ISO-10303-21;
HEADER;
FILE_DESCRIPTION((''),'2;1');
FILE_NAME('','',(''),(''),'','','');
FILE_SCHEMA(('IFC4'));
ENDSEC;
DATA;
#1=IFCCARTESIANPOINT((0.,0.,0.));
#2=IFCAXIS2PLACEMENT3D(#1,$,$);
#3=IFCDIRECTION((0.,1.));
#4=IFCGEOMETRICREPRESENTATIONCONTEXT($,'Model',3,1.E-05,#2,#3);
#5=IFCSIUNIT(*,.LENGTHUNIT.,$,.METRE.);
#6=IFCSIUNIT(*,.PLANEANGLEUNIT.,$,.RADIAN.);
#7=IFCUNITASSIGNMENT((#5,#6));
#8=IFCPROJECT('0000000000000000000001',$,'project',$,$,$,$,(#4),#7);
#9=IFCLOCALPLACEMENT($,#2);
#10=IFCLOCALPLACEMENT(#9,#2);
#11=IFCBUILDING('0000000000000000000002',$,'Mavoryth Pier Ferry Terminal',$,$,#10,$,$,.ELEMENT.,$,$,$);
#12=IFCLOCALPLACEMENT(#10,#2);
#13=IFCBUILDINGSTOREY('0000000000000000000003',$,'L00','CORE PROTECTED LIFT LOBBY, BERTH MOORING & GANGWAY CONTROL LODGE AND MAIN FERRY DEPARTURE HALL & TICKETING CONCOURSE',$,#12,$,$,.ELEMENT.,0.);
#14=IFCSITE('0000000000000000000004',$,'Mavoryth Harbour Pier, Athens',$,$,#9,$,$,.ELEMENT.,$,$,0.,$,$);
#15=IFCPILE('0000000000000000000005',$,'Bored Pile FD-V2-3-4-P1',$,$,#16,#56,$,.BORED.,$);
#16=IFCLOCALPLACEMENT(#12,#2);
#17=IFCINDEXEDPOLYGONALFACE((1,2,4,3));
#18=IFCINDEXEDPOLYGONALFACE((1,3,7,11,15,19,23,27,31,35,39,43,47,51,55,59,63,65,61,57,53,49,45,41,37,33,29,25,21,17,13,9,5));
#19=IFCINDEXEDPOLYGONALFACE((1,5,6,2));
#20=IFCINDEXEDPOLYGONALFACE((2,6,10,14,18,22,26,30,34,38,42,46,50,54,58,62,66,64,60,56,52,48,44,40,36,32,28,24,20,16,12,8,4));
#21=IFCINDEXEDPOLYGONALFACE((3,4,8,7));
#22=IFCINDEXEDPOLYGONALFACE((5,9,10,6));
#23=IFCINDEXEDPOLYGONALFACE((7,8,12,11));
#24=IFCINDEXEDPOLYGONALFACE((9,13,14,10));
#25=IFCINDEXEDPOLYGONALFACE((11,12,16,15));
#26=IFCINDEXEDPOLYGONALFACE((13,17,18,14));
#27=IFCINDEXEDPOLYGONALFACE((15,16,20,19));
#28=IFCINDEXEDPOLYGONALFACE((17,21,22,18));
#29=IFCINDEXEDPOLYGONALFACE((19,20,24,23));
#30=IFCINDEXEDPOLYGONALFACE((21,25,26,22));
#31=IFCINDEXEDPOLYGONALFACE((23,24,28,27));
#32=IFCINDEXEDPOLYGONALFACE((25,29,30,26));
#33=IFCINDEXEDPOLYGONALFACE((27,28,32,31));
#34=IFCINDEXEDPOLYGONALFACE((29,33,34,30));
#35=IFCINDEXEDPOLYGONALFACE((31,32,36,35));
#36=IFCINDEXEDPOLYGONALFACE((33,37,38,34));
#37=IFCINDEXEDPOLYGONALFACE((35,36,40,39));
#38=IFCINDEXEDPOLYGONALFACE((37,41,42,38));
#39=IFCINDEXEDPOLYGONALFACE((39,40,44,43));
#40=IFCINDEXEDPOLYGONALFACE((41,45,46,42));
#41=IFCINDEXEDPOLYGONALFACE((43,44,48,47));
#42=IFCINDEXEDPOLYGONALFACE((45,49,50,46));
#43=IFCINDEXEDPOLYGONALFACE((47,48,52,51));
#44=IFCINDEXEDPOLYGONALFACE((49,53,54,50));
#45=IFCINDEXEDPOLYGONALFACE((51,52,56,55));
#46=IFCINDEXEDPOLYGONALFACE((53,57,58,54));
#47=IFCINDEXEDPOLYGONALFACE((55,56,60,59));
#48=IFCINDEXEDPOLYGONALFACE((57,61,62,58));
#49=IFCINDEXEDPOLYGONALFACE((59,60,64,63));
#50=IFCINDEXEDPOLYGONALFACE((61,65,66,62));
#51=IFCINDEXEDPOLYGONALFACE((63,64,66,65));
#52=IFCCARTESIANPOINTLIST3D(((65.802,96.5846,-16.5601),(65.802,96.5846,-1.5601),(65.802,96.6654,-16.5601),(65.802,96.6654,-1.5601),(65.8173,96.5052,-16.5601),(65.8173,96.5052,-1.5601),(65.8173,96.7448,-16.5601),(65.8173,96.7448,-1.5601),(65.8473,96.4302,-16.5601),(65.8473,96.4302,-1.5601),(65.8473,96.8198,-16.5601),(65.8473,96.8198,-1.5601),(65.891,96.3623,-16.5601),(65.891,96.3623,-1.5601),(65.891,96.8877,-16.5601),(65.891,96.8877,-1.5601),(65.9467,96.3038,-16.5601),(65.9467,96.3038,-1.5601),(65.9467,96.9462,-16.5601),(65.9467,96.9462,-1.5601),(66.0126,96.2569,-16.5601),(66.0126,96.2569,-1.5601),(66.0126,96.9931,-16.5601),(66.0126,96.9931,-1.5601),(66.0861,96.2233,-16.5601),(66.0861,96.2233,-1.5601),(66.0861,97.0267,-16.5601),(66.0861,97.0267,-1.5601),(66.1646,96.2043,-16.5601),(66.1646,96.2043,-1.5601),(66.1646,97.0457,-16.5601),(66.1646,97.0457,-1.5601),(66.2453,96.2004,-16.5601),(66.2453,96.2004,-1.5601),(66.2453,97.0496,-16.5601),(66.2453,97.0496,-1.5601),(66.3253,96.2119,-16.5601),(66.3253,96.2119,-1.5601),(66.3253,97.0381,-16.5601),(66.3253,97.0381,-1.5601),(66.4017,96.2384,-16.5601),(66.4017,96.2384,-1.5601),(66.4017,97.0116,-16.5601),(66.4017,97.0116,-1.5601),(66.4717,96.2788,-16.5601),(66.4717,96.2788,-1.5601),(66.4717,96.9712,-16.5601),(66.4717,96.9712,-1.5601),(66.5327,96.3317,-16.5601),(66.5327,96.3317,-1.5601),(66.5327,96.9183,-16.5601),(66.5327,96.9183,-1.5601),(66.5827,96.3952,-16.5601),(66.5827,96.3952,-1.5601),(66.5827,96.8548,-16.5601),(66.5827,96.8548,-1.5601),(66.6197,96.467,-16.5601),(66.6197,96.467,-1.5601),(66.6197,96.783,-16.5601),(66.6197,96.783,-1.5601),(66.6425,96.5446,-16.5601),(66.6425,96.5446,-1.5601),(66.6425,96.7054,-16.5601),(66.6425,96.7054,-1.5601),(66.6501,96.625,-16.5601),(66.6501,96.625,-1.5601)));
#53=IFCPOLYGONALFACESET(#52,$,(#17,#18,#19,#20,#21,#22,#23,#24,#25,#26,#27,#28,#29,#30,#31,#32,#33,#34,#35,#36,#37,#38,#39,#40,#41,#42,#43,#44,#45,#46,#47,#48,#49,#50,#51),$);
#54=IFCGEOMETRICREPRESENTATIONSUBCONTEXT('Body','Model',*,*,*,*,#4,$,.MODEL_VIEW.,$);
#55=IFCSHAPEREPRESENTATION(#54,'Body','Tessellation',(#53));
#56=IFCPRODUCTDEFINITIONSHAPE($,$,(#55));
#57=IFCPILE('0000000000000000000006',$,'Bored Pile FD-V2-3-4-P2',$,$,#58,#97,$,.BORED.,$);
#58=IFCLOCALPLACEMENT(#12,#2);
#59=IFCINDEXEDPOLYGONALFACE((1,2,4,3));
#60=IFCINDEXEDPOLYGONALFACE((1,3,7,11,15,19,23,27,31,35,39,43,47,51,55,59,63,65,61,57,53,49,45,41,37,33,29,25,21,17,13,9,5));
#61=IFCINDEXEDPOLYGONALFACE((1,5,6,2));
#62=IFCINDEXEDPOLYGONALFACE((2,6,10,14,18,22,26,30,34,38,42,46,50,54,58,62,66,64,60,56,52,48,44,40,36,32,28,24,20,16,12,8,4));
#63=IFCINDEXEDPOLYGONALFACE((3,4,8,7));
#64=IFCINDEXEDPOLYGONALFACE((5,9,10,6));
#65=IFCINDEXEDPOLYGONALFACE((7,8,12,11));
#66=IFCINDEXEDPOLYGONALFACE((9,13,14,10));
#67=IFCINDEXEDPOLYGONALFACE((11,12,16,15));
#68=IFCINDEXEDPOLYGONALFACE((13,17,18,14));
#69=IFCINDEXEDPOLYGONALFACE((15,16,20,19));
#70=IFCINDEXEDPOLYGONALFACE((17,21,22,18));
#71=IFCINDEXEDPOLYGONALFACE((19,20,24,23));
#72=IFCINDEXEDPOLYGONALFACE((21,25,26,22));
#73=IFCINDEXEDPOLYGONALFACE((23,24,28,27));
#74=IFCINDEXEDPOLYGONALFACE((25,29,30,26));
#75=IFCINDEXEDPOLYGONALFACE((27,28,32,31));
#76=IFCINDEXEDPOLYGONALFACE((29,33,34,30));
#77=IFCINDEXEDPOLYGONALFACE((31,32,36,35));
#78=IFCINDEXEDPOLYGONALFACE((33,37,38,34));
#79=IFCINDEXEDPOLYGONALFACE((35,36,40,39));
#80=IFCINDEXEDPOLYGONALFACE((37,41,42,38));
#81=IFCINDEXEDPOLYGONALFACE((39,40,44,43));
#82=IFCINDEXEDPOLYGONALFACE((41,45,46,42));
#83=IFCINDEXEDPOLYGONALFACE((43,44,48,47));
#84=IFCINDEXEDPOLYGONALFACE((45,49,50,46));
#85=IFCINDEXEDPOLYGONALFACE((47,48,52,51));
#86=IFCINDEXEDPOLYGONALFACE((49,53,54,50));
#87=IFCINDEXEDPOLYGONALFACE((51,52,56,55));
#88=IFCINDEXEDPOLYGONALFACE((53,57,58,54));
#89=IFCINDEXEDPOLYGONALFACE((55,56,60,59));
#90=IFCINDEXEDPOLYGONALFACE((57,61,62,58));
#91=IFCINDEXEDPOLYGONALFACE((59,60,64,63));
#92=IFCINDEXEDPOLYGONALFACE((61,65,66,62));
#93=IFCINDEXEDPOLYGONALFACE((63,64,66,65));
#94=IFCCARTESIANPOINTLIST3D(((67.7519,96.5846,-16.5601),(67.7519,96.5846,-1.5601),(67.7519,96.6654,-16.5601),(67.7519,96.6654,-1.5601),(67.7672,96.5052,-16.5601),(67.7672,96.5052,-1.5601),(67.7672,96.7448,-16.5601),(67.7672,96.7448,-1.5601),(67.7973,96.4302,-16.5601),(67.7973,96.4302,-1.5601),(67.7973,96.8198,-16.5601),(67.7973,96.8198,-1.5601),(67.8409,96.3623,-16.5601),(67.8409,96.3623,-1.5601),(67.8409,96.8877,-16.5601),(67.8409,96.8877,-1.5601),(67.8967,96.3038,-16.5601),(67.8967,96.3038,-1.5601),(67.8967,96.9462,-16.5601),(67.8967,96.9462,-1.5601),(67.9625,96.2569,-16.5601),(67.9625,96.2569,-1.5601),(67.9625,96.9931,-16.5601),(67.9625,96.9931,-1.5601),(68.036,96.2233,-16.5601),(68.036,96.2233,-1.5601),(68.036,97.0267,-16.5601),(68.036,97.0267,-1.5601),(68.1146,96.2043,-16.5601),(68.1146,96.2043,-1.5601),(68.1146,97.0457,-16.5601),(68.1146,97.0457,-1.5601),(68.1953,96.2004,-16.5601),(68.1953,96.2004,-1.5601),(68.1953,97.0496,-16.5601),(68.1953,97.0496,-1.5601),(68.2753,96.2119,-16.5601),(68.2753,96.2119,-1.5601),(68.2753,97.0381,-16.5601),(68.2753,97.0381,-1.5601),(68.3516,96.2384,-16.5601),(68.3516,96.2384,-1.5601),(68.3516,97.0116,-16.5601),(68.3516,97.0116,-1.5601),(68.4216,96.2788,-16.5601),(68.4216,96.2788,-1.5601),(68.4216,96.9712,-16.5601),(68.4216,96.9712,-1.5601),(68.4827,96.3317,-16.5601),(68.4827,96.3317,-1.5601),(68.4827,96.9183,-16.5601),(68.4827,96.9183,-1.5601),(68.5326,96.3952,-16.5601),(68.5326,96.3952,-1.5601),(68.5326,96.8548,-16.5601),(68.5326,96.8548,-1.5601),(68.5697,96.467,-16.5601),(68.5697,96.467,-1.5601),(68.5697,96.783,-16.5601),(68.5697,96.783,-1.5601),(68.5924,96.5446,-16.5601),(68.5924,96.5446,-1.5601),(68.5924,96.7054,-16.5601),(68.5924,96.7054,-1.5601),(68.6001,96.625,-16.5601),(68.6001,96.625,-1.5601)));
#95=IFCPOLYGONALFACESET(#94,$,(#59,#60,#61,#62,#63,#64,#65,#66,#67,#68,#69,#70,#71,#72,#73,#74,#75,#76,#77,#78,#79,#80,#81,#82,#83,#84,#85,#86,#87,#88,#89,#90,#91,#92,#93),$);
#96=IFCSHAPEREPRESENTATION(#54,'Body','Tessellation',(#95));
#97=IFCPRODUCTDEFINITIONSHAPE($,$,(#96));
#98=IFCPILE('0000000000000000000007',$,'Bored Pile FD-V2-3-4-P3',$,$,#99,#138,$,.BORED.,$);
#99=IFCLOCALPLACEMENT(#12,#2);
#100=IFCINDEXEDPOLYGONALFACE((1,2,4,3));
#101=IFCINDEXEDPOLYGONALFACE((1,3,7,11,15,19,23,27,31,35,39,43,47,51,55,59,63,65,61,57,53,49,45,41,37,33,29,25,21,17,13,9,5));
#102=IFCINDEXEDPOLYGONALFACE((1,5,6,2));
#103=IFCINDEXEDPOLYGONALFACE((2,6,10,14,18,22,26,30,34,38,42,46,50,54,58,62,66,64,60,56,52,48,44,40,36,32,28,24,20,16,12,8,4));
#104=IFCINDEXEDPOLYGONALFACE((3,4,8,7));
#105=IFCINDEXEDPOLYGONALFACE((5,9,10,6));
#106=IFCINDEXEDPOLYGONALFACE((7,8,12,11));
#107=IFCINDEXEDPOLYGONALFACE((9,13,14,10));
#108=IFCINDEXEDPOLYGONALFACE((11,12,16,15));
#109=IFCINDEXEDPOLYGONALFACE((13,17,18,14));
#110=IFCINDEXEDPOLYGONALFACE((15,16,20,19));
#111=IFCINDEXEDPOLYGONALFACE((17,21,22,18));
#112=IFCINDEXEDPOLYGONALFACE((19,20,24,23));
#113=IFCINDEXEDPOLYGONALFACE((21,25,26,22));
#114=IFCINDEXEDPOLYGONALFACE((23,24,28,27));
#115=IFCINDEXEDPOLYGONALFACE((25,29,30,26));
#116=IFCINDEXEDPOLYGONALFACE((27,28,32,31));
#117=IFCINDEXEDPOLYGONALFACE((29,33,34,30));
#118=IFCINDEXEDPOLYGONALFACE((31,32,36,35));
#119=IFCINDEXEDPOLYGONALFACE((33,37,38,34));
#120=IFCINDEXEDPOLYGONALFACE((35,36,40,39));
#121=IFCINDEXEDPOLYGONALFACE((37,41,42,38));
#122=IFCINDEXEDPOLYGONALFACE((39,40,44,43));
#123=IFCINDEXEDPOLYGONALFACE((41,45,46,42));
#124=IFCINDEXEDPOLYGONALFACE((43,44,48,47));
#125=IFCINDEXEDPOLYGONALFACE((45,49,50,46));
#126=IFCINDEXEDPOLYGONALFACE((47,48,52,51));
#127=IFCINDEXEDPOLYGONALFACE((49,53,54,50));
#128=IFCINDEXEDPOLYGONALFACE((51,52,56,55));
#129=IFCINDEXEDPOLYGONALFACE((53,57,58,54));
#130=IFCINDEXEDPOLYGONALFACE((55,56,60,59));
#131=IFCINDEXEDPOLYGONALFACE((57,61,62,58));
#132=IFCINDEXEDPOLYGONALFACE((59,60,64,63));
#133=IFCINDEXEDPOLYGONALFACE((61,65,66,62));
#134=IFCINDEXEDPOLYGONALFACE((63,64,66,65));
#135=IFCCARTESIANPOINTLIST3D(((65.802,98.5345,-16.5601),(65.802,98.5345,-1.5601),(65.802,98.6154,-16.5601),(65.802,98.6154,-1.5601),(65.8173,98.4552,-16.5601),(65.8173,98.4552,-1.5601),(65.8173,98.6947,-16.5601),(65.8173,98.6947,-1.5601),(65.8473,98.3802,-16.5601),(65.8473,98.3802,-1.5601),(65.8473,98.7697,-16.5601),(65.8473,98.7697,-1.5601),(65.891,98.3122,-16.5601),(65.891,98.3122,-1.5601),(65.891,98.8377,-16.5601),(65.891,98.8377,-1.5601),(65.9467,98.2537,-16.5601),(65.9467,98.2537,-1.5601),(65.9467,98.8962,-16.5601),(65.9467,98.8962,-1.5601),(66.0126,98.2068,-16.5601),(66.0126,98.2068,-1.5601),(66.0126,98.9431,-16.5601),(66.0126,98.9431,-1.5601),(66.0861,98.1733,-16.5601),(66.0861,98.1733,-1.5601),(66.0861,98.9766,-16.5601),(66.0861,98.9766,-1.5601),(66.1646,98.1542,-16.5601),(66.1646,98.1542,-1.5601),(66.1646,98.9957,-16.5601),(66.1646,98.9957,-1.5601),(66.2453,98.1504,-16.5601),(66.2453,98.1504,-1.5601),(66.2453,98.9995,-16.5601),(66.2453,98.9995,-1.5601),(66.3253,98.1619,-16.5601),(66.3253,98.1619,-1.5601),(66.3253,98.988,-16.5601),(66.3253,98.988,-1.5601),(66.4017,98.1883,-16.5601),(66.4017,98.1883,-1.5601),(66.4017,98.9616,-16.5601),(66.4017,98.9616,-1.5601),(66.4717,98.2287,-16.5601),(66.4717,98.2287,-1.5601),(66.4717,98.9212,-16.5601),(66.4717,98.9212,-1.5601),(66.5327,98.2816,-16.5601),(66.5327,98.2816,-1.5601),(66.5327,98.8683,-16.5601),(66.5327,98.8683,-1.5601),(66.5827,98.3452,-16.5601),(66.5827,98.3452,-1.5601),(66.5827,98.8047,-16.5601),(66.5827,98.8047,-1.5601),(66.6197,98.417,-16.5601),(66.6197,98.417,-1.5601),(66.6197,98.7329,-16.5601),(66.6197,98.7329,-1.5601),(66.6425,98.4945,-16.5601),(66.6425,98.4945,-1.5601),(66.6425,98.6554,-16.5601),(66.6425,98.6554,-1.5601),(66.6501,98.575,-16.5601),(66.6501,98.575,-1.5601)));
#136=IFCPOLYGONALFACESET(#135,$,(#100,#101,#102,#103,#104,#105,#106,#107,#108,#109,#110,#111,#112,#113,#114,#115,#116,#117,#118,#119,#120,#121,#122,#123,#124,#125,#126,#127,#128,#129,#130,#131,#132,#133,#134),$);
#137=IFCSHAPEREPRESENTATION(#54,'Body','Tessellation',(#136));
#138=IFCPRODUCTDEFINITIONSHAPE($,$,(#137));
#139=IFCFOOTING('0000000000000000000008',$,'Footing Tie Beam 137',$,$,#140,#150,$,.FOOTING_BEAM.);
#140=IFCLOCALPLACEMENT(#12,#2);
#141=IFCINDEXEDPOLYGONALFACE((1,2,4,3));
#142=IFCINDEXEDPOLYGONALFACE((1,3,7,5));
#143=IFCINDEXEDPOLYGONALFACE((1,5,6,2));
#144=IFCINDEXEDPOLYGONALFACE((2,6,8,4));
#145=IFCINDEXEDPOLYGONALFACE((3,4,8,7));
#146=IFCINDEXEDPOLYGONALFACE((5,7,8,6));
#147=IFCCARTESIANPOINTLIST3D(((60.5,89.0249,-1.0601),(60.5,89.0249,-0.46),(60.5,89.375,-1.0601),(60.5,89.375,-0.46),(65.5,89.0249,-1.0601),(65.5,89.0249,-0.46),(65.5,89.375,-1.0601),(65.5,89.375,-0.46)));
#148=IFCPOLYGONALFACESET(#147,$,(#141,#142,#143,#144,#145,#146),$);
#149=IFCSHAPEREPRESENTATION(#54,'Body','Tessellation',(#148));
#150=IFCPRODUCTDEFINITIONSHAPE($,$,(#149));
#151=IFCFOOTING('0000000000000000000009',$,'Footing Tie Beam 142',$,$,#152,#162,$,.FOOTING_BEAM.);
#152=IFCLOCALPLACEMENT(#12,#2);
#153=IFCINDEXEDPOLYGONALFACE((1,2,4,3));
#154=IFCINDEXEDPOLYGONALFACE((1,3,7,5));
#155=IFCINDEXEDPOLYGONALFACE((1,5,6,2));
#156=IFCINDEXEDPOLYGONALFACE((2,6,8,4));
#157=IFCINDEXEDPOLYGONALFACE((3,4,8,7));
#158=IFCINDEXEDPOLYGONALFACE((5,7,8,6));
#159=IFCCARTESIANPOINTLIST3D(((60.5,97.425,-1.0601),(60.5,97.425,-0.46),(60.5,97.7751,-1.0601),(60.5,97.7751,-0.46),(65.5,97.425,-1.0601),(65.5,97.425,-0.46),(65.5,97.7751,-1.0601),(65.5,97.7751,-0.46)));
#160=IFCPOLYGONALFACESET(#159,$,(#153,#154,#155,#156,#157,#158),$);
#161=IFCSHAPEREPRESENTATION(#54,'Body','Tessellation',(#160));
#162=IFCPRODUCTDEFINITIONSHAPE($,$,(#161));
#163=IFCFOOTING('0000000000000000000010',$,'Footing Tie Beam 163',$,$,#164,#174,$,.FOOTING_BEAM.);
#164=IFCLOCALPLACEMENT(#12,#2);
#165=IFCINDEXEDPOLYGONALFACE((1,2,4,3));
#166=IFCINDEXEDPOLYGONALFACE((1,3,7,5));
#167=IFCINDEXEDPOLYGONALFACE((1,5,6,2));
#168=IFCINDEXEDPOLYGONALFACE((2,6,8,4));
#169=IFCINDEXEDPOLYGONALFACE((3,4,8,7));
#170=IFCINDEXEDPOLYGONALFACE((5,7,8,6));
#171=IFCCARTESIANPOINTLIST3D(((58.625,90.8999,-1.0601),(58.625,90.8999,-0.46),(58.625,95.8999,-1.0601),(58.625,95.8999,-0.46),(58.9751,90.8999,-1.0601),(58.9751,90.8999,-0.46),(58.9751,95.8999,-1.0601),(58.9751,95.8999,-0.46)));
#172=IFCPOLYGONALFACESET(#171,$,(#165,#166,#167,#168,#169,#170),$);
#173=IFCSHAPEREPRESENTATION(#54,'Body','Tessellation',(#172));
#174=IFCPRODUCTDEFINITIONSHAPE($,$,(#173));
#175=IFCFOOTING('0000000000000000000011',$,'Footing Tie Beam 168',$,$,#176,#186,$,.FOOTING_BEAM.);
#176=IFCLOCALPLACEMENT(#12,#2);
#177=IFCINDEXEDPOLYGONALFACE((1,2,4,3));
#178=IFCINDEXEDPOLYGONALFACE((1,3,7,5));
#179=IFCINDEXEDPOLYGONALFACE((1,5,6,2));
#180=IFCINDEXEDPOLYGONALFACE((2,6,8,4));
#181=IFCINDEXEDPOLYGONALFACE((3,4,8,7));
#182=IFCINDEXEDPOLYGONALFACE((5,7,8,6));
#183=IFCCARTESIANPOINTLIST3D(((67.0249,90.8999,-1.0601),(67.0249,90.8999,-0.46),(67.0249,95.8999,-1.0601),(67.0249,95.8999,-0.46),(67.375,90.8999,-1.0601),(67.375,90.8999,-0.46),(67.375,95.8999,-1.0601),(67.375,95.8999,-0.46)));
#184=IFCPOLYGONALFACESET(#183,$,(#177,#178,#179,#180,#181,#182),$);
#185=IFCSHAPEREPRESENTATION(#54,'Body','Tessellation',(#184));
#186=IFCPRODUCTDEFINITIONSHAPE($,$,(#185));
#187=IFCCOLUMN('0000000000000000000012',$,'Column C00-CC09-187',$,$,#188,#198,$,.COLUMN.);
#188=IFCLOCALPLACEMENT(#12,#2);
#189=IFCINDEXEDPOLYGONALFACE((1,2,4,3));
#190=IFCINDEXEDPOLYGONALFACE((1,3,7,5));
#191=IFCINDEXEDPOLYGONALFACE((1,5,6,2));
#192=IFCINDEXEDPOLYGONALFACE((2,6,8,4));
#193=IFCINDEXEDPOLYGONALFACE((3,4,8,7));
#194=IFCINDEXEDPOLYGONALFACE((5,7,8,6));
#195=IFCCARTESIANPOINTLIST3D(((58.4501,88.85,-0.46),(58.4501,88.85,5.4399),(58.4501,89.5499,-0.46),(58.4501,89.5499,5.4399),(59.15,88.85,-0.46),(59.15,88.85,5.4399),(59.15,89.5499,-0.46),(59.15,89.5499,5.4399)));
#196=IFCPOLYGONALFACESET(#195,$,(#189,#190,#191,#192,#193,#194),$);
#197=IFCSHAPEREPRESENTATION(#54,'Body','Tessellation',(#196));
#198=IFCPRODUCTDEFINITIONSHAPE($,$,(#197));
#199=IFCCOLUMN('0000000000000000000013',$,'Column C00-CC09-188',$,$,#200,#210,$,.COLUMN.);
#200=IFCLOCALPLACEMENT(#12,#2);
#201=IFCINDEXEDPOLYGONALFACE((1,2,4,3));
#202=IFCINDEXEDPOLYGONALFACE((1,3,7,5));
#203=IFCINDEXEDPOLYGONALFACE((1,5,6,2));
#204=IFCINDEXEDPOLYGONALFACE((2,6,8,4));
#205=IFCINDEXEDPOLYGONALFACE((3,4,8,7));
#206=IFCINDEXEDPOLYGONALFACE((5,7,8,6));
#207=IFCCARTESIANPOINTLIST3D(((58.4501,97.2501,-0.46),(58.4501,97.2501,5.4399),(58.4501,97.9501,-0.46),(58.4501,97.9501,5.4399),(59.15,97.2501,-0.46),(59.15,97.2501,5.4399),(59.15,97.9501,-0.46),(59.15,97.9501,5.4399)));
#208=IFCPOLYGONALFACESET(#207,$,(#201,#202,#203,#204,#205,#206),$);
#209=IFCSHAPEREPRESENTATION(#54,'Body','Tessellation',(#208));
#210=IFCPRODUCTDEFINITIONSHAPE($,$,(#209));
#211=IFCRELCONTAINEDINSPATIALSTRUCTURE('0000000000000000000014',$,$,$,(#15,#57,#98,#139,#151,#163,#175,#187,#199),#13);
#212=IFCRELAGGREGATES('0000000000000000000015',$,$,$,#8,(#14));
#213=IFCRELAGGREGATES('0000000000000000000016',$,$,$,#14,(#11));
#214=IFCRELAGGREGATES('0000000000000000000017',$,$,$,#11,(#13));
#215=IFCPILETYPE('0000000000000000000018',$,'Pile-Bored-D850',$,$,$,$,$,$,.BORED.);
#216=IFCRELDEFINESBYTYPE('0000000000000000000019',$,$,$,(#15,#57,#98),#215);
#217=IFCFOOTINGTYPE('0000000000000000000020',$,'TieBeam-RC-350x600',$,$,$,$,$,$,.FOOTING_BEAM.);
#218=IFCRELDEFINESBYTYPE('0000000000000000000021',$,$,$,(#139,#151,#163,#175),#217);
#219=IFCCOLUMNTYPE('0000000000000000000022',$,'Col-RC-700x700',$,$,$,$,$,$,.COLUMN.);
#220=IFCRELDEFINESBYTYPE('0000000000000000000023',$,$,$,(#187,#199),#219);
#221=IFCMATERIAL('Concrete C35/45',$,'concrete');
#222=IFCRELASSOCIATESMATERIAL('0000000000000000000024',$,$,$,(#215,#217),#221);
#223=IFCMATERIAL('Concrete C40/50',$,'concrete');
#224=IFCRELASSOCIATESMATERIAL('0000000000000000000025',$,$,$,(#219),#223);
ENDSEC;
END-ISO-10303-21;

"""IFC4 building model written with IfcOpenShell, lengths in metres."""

from ifc_helpers import new_model, si_unit, direction, frame, origin, origin_2d, place, context, subcontext, project, spatial, rectangle, circle, extrude, material, material_profile, profile_set, type_object, element, save


model = new_model("IFC4")

# Units and contexts
model_context = context("Model", 3, precision=1e-05, world=origin(), true_north=direction((0.0, 1.0)))
body_context = subcontext(model_context, "Body", "Model", "MODEL_VIEW")
ifc_project = project(units=[si_unit("LENGTHUNIT", "METRE"), si_unit("PLANEANGLEUNIT", "RADIAN")], contexts=[model_context])

# Site, building, storey
site_placement = place(None, origin())
site = spatial("IfcSite", under=ifc_project, at=site_placement, Name="Mavoryth Harbour Pier, Athens", CompositionType="ELEMENT", RefElevation=0.0)
building_placement = place(site_placement, origin())
building = spatial("IfcBuilding", under=site, at=building_placement, Name="Mavoryth Pier Ferry Terminal", CompositionType="ELEMENT")
storey_placement = place(building_placement, origin())
storey = spatial("IfcBuildingStorey", under=building, at=storey_placement, Name="L00", Description="CORE PROTECTED LIFT LOBBY, BERTH MOORING & GANGWAY CONTROL LODGE AND MAIN FERRY DEPARTURE HALL & TICKETING CONCOURSE", CompositionType="ELEMENT", Elevation=0.0)

# Shared definitions
ifc_material_1 = material(Name="Concrete C35/45", Category="concrete")

# Piles
ifc_material_profile_1 = material_profile(ifc_material_1, circle(Radius=0.425, at=origin_2d()), Name="PILE D850", Category="concrete")
ifc_profile_set_1 = profile_set([ifc_material_profile_1], Name="Concrete C35/45 - PILE D850")
pile_type = type_object("IfcPileType", Name="Pile-Bored-D850", PredefinedType="BORED", material=ifc_profile_set_1)
for number, where, z_axis, x_axis, name in (
    (1, (66.2251, 96.625, -1.5601), (0.0, 0.0, -1.0), (1.0, 0.0, 0.0), "Bored Pile FD-V2-3-4-P1"),
    (2, (68.175, 96.625, -1.5601), (0.0, 0.0, -1.0), (1.0, 0.0, 0.0), "Bored Pile FD-V2-3-4-P2"),
    (3, (66.2251, 98.575, -1.5601), (0.0, 0.0, -1.0), (1.0, 0.0, 0.0), "Bored Pile FD-V2-3-4-P3"),
):
    element("IfcPile", number, at=place(storey_placement, frame(where, z_axis=z_axis, x_axis=x_axis)), inside=storey, type_object=pile_type, Name=name, PredefinedType="BORED", context=body_context, shape_type="SweptSolid", body=[
        extrude(circle(Radius=0.425, at=origin_2d()), origin(), (0.0, 0.0, 1.0), 15.0),
    ])

# Footings
ifc_material_profile_2 = material_profile(ifc_material_1, rectangle(XDim=0.3501, YDim=0.6001, at=origin_2d()), Name="RC 350x600", Category="concrete")
ifc_profile_set_2 = profile_set([ifc_material_profile_2], Name="Concrete C35/45 - RC 350x600")
footing_type_1 = type_object("IfcFootingType", Name="TieBeam-RC-350x600", PredefinedType="FOOTING_BEAM", material=ifc_profile_set_2)
for number, where, z_axis, x_axis, name in (
    (4, (60.5, 89.2, -0.76), (1.0, 0.0, 0.0), (0.0, 1.0, 0.0), "Footing Tie Beam 137"),
    (5, (60.5, 97.6001, -0.76), (1.0, 0.0, 0.0), (0.0, 1.0, 0.0), "Footing Tie Beam 142"),
    (6, (58.8, 90.8999, -0.76), (0.0, 1.0, 0.0), (-1.0, 0.0, 0.0), "Footing Tie Beam 163"),
    (7, (67.2, 90.8999, -0.76), (0.0, 1.0, 0.0), (-1.0, 0.0, 0.0), "Footing Tie Beam 168"),
):
    element("IfcFooting", number, at=place(storey_placement, frame(where, z_axis=z_axis, x_axis=x_axis)), inside=storey, type_object=footing_type_1, Name=name, PredefinedType="FOOTING_BEAM", context=body_context, shape_type="SweptSolid", body=[
        extrude(rectangle(XDim=0.3501, YDim=0.6001, at=origin_2d()), origin(), (0.0, 0.0, 1.0), 5.0),
    ])

# Columns
ifc_material_2 = material(Name="Concrete C40/50", Category="concrete")
ifc_material_profile_3 = material_profile(ifc_material_2, rectangle(XDim=0.7, YDim=0.7, at=origin_2d()), Name="RC 700x700", Category="concrete")
ifc_profile_set_3 = profile_set([ifc_material_profile_3], Name="Concrete C40/50 - RC 700x700")
column_type = type_object("IfcColumnType", Name="Col-RC-700x700", PredefinedType="COLUMN", material=ifc_profile_set_3)
for number, where, z_axis, x_axis, name in (
    (8, (58.8, 89.2, -0.46), (0.0, 0.0, 1.0), (1.0, 0.0, 0.0), "Column C00-CC09-187"),
    (9, (58.8, 97.6001, -0.46), (0.0, 0.0, 1.0), (1.0, 0.0, 0.0), "Column C00-CC09-188"),
):
    element("IfcColumn", number, at=place(storey_placement, frame(where, z_axis=z_axis, x_axis=x_axis)), inside=storey, type_object=column_type, Name=name, PredefinedType="COLUMN", context=body_context, shape_type="SweptSolid", body=[
        extrude(rectangle(XDim=0.7, YDim=0.7, at=origin_2d()), origin(), (0.0, 0.0, 1.0), 5.8999),
    ])

save(model, "model.ifc")
